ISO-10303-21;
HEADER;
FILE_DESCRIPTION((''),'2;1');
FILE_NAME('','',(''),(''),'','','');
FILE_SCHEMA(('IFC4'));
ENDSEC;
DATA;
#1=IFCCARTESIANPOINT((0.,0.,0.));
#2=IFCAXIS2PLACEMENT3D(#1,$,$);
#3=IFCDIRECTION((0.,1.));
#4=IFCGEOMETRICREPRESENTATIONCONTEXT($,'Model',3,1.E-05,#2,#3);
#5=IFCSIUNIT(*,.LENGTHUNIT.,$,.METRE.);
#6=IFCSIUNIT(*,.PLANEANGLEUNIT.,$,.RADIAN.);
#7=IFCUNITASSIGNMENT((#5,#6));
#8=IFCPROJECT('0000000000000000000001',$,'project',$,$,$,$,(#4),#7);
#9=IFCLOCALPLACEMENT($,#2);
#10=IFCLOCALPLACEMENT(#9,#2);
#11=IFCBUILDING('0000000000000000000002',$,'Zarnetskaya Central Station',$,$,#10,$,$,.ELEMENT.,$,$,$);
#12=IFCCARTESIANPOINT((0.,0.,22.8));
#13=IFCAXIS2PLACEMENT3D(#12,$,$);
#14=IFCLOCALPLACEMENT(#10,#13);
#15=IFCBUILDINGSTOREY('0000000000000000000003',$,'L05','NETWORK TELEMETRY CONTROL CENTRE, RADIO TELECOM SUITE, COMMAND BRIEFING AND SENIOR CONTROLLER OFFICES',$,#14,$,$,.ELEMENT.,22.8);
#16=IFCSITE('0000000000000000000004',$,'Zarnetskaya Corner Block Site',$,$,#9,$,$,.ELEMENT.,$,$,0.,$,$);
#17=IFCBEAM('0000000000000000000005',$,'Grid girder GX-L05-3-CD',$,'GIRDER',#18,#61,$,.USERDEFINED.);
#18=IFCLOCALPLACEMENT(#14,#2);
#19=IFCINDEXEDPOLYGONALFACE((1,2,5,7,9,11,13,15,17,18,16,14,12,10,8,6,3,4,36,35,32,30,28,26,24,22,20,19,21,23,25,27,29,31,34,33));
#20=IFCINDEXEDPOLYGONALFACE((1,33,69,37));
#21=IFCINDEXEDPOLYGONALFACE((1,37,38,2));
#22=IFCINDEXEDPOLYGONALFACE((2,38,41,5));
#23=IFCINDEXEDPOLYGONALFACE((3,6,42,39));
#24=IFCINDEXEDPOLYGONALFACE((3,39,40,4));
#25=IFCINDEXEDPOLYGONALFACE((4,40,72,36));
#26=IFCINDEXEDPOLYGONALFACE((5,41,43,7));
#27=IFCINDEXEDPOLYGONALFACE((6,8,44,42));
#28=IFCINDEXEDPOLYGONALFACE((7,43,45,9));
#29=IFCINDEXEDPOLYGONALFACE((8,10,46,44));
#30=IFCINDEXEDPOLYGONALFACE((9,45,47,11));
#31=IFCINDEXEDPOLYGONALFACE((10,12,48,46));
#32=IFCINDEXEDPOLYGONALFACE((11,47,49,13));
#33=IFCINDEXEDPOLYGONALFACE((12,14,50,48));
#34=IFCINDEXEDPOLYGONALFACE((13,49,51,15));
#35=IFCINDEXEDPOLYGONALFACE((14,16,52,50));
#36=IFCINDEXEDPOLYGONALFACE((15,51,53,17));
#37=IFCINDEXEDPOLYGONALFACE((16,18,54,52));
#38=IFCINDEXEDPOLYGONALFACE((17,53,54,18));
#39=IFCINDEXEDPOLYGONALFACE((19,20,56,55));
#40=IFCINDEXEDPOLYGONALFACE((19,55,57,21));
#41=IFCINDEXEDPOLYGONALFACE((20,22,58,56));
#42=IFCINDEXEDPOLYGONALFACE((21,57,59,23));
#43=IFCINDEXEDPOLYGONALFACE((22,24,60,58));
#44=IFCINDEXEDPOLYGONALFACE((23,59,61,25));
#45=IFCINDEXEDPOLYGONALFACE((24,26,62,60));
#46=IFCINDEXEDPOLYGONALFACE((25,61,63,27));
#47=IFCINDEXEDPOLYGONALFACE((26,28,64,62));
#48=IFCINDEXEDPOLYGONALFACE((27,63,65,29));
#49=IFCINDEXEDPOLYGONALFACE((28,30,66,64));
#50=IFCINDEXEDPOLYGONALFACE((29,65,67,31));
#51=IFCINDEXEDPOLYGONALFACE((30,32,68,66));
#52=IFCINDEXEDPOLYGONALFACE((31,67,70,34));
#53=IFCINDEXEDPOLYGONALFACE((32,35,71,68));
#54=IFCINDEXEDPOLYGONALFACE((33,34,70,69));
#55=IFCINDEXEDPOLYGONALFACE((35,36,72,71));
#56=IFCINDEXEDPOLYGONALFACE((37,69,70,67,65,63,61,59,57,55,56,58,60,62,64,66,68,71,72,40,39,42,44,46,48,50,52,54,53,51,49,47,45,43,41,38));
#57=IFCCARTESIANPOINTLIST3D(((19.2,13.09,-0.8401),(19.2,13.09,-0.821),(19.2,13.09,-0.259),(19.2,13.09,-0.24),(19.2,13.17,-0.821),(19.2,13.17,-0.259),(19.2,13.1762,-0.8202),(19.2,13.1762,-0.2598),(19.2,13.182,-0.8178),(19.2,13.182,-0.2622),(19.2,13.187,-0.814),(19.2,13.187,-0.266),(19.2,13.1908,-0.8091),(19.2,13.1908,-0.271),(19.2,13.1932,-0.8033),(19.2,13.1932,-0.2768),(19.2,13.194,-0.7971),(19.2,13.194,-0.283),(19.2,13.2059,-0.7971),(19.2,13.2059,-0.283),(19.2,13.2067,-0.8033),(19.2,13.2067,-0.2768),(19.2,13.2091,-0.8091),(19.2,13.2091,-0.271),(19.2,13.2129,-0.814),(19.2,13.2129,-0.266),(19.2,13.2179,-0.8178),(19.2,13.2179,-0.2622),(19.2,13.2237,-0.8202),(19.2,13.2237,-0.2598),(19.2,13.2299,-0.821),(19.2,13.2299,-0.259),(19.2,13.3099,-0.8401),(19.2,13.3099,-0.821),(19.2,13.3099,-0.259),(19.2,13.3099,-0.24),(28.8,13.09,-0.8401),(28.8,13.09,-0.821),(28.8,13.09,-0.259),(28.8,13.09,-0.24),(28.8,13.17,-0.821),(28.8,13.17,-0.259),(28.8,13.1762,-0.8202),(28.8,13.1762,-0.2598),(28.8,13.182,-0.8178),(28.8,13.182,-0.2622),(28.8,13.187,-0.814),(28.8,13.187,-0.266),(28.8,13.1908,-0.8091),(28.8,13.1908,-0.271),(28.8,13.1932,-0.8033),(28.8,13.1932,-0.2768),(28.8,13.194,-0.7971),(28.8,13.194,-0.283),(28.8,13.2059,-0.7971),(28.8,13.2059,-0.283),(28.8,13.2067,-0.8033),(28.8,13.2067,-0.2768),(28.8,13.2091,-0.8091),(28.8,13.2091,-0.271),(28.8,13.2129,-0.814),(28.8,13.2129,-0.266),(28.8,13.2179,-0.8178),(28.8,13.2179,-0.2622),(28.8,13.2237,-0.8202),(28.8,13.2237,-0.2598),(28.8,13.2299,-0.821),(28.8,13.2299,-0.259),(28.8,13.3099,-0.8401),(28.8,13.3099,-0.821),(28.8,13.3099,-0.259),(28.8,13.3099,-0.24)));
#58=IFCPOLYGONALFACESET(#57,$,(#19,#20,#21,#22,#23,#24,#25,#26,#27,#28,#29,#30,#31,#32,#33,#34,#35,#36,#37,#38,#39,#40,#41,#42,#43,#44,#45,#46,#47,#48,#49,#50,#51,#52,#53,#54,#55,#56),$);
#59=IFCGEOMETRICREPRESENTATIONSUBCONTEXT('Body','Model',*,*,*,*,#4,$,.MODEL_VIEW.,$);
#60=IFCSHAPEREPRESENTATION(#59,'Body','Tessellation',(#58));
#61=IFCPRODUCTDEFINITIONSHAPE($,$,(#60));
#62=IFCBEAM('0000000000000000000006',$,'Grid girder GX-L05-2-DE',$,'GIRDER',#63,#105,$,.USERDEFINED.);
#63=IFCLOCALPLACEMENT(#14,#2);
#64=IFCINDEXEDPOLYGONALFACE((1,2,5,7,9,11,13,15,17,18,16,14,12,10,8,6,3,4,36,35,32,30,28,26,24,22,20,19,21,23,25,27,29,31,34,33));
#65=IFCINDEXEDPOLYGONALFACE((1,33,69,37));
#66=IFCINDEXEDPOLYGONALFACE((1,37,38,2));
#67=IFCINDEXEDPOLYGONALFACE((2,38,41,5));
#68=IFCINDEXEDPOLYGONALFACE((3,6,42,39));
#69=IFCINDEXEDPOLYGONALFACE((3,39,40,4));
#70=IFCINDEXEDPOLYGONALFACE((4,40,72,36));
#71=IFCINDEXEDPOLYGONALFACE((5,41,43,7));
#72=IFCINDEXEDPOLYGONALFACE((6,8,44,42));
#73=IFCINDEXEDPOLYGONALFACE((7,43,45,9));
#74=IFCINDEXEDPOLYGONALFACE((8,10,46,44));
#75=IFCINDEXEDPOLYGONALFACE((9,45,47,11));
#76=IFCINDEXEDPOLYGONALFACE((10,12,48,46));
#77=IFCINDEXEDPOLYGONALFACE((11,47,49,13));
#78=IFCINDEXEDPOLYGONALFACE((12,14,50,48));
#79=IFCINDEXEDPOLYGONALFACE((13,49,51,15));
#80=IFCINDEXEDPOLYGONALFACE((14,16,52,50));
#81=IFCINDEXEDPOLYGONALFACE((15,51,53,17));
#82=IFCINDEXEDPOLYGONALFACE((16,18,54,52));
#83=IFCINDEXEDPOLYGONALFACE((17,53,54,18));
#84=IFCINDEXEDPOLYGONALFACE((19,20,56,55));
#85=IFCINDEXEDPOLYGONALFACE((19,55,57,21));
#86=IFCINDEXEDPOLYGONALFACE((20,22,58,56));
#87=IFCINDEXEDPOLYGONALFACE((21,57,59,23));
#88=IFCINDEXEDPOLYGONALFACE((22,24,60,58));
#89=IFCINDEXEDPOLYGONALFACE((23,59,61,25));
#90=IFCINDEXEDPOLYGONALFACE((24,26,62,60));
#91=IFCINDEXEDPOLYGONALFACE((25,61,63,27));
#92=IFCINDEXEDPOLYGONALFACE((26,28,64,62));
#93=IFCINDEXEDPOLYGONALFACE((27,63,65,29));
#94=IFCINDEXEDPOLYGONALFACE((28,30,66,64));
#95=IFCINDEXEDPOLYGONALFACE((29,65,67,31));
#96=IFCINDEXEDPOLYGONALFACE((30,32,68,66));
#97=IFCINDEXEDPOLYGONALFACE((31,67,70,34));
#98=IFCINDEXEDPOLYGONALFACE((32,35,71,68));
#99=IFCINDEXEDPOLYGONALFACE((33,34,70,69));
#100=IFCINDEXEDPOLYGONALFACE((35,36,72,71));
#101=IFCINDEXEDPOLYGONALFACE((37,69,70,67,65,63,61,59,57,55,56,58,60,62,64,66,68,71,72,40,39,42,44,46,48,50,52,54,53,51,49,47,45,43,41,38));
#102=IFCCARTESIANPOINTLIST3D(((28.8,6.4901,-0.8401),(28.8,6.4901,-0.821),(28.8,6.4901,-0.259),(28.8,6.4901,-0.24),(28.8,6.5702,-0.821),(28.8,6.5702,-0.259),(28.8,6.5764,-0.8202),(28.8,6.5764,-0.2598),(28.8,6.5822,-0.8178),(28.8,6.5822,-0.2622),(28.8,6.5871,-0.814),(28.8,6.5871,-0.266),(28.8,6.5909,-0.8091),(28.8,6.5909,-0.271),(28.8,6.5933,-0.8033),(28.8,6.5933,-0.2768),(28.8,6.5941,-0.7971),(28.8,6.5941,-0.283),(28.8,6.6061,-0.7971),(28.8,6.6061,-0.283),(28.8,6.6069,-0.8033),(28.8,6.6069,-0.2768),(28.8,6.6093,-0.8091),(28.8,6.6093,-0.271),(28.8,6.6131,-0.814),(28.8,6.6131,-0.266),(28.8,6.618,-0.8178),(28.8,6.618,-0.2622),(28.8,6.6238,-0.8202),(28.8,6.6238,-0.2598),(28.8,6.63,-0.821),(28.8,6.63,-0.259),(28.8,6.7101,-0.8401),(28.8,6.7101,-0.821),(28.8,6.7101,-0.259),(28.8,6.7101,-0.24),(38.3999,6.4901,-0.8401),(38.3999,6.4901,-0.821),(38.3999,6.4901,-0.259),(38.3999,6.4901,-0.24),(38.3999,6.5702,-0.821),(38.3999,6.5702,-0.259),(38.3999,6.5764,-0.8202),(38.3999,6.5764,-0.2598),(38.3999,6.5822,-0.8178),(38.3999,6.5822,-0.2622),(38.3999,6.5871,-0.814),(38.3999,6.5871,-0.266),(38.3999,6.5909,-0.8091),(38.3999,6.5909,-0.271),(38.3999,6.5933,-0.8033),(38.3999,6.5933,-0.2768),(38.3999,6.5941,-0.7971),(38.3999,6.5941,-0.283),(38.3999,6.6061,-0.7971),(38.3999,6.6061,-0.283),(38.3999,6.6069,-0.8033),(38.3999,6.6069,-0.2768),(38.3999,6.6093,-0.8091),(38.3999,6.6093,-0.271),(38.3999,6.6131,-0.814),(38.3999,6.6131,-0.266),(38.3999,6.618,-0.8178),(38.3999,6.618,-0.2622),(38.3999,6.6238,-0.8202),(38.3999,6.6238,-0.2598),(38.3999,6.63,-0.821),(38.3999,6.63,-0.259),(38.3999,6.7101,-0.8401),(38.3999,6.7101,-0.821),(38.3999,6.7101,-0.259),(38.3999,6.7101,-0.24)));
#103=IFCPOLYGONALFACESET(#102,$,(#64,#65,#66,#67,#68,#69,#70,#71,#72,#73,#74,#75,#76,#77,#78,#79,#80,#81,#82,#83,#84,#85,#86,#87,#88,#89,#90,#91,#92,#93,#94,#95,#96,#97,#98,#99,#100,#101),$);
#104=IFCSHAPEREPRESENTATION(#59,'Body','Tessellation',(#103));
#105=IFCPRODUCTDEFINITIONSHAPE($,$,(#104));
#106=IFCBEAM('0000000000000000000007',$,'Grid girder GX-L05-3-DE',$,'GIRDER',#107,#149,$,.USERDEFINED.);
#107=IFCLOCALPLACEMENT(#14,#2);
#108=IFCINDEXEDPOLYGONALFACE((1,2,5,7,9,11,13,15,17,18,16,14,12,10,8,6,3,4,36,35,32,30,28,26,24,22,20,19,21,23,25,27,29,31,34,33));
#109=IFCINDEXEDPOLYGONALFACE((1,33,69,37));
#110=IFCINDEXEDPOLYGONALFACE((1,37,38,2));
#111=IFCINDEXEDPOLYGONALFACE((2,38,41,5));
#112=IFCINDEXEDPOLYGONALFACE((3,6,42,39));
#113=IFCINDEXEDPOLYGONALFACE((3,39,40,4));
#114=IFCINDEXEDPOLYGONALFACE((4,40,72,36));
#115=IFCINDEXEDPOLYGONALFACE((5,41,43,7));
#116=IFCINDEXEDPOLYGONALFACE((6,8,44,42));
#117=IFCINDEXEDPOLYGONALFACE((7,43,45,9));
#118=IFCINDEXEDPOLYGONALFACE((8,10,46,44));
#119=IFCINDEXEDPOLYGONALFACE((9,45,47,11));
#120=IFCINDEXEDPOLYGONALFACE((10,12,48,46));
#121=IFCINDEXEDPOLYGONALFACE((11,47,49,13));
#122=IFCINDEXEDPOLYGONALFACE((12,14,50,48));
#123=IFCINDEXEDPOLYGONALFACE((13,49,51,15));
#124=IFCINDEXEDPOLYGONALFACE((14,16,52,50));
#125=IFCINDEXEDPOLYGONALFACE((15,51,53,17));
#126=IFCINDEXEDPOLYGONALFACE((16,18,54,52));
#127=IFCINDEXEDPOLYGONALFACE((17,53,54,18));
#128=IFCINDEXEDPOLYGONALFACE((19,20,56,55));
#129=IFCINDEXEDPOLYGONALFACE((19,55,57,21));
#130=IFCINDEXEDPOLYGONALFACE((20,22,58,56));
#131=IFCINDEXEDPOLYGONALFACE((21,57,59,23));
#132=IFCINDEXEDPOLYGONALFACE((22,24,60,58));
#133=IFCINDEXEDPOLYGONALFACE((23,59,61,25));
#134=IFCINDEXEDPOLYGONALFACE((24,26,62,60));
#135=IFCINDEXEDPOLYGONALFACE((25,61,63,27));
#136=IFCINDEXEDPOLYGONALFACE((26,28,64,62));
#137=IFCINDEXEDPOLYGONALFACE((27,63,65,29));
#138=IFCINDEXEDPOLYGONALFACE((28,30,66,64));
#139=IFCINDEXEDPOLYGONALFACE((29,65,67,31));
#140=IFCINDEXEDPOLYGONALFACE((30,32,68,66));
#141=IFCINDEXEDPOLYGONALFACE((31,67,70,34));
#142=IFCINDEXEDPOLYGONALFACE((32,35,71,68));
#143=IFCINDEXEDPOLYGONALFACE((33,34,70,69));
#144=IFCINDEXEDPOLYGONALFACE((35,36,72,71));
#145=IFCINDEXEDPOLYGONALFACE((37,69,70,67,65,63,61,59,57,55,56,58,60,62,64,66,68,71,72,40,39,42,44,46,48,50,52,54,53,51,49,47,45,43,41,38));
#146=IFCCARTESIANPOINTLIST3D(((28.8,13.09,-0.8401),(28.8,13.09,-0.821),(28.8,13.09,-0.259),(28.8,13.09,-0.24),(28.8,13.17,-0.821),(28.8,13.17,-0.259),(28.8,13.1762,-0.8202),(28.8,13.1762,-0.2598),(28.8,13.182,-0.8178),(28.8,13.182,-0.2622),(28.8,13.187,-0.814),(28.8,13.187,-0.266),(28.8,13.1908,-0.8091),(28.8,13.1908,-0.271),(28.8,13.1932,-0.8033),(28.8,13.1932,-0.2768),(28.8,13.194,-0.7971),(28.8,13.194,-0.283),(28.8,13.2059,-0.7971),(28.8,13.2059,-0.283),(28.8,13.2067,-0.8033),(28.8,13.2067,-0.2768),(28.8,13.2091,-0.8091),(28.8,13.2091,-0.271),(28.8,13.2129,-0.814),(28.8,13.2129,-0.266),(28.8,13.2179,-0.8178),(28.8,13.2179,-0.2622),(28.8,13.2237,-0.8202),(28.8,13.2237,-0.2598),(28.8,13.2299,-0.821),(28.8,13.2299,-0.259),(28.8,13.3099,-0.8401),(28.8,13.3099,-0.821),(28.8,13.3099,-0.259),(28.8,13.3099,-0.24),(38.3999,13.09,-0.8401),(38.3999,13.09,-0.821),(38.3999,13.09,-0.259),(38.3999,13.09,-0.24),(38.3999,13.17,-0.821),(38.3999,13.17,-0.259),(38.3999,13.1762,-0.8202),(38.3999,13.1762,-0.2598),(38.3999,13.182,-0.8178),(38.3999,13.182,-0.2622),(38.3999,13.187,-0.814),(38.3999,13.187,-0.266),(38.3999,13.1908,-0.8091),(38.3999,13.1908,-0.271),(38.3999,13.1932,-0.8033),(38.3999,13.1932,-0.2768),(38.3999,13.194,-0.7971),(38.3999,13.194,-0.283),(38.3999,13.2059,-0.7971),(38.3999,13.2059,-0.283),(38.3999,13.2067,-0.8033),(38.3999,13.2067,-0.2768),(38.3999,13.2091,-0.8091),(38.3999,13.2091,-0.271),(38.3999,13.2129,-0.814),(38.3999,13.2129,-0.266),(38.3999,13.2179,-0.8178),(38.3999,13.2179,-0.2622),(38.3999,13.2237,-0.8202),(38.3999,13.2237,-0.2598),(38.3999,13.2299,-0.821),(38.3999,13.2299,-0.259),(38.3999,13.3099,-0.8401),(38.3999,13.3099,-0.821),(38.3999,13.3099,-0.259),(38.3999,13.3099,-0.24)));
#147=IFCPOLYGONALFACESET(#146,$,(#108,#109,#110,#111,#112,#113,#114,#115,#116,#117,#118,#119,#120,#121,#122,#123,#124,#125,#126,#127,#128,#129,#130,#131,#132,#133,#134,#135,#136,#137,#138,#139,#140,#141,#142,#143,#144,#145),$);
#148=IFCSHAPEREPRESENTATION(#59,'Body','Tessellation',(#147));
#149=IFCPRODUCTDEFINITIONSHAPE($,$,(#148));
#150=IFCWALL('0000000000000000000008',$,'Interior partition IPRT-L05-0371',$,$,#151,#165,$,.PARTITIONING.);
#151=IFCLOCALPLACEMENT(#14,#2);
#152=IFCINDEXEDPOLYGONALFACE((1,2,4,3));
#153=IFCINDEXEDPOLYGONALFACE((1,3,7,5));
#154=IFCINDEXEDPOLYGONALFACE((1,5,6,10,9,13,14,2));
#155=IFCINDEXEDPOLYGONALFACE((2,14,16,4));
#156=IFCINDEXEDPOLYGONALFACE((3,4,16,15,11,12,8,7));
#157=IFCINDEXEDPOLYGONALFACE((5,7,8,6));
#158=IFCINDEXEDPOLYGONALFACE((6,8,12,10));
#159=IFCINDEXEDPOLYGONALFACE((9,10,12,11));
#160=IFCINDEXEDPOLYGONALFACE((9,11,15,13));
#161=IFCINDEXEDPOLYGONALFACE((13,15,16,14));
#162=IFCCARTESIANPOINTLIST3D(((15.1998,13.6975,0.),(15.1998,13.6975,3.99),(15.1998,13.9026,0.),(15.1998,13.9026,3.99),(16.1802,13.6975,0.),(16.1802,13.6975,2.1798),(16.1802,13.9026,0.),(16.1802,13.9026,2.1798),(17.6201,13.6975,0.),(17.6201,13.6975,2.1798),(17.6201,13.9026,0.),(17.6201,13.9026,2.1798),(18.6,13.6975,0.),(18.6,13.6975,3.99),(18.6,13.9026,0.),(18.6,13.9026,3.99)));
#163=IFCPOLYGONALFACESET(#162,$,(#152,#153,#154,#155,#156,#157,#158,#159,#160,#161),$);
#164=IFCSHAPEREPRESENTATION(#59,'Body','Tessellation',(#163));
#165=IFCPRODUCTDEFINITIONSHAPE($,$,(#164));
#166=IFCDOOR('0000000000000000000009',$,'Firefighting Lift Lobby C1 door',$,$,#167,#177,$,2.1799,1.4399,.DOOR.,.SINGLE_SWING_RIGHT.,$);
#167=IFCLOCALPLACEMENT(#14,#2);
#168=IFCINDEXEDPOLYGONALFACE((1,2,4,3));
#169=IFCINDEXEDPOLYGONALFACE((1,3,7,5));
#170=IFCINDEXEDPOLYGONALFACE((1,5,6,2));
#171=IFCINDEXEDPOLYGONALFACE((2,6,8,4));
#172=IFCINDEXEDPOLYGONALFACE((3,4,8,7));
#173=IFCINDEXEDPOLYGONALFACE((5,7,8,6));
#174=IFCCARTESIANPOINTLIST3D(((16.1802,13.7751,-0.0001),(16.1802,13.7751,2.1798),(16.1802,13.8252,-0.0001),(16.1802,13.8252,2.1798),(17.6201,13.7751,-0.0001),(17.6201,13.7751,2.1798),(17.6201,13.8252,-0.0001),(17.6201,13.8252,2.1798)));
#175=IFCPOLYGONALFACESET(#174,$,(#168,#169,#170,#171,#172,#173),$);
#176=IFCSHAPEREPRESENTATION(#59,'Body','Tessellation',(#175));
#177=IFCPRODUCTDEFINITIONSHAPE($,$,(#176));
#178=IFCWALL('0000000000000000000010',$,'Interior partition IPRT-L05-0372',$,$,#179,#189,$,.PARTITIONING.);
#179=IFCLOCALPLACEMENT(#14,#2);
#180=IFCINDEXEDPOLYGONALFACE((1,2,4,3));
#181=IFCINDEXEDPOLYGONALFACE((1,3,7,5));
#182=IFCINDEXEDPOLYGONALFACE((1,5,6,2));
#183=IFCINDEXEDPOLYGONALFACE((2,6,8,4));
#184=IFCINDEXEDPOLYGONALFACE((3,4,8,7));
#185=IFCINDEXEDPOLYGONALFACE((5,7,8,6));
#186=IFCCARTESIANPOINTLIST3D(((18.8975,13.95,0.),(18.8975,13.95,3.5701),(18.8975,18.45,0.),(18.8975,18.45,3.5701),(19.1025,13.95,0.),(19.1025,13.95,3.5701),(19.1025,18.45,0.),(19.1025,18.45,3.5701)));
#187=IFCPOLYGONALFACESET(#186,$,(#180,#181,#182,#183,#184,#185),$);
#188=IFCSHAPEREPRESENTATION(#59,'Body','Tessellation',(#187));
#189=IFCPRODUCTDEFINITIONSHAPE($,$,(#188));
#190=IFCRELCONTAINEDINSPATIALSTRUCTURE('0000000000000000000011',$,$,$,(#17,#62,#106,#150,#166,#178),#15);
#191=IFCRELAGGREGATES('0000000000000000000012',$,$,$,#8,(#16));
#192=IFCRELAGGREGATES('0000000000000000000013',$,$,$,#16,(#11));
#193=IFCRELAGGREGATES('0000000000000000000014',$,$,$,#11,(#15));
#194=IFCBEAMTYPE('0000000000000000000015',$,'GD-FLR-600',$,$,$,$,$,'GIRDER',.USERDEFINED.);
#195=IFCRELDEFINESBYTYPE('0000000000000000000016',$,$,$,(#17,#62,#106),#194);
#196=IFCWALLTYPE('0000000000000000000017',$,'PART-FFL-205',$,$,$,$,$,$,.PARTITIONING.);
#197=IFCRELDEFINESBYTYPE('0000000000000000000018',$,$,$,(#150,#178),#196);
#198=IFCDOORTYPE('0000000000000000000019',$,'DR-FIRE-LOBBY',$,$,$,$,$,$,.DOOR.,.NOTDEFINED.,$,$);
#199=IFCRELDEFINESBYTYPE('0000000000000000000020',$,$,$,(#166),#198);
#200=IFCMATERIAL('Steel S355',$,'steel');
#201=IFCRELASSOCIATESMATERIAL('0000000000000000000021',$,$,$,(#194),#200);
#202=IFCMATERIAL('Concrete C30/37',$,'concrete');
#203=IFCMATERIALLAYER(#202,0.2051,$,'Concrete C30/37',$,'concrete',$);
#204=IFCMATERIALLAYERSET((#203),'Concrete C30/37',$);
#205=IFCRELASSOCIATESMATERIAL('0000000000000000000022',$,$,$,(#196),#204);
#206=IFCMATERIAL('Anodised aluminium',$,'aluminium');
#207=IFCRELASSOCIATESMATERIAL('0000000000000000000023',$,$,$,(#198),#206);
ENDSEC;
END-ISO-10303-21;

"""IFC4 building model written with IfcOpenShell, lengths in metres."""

from ifc_helpers import new_model, si_unit, direction, frame, frame_2d, origin, origin_2d, place, context, subcontext, project, spatial, rectangle, i_section, extrude, material, layer, layer_set, material_profile, profile_set, type_object, element, fill, save


model = new_model("IFC4")

# Units and contexts
model_context = context("Model", 3, precision=1e-05, world=origin(), true_north=direction((0.0, 1.0)))
body_context = subcontext(model_context, "Body", "Model", "MODEL_VIEW")
ifc_project = project(units=[si_unit("LENGTHUNIT", "METRE"), si_unit("PLANEANGLEUNIT", "RADIAN")], contexts=[model_context])

# Site, building, storey
site_placement = place(None, origin())
site = spatial("IfcSite", under=ifc_project, at=site_placement, Name="Zarnetskaya Corner Block Site", CompositionType="ELEMENT", RefElevation=0.0)
building_placement = place(site_placement, origin())
building = spatial("IfcBuilding", under=site, at=building_placement, Name="Zarnetskaya Central Station", CompositionType="ELEMENT")
storey_placement = place(building_placement, frame((0.0, 0.0, 22.8)))
storey = spatial("IfcBuildingStorey", under=building, at=storey_placement, Name="L05", Description="NETWORK TELEMETRY CONTROL CENTRE, RADIO TELECOM SUITE, COMMAND BRIEFING AND SENIOR CONTROLLER OFFICES", CompositionType="ELEMENT", Elevation=22.8)

# Shared definitions
ifc_material_1 = material(Name="Steel S355", Category="steel")

# Beams
ifc_material_profile_1 = material_profile(ifc_material_1, i_section(OverallWidth=0.22, OverallDepth=0.6001, WebThickness=0.012, FlangeThickness=0.019, FilletRadius=0.0239, at=origin_2d()), Name="IPE 600")
ifc_profile_set_1 = profile_set([ifc_material_profile_1], Name="Steel S355")
beam_type_1 = type_object("IfcBeamType", Name="GD-FLR-600", ElementType="GIRDER", PredefinedType="USERDEFINED", material=ifc_profile_set_1)
beam_1_placement = place(storey_placement, frame((19.2, 13.2, -0.54), z_axis=(1.0, 0.0, 0.0), x_axis=(0.0, 1.0, 0.0)))
element("IfcBeam", 1, at=beam_1_placement, inside=storey, type_object=beam_type_1, Name="Grid girder GX-L05-3-CD", ObjectType="GIRDER", PredefinedType="USERDEFINED", context=body_context, shape_type="SweptSolid", body=[
    extrude(i_section(OverallWidth=0.22, OverallDepth=0.6001, WebThickness=0.012, FlangeThickness=0.019, FilletRadius=0.0239, at=origin_2d()), origin(), (0.0, 0.0, 1.0), 9.6001),
])
for number, where, z_axis, x_axis, name in (
    (2, (28.8, 6.6001, -0.54), (1.0, 0.0, 0.0), (0.0, 1.0, 0.0), "Grid girder GX-L05-2-DE"),
    (3, (28.8, 13.2, -0.54), (1.0, 0.0, 0.0), (0.0, 1.0, 0.0), "Grid girder GX-L05-3-DE"),
):
    element("IfcBeam", number, at=place(storey_placement, frame(where, z_axis=z_axis, x_axis=x_axis)), inside=storey, type_object=beam_type_1, Name=name, ObjectType="GIRDER", PredefinedType="USERDEFINED", context=body_context, shape_type="SweptSolid", body=[
        extrude(i_section(OverallWidth=0.22, OverallDepth=0.6001, WebThickness=0.012, FlangeThickness=0.019, FilletRadius=0.0239, at=origin_2d()), origin(), (0.0, 0.0, 1.0), 9.5999),
    ])

# Wall, opening, door
ifc_material_2 = material(Name="Concrete C30/37", Category="concrete")
ifc_layer_1 = layer(ifc_material_2, 0.2051, Name="Concrete C30/37", Category="concrete")
ifc_layer_set_1 = layer_set([ifc_layer_1], Name="Concrete C30/37")
wall_type_1 = type_object("IfcWallType", Name="PART-FFL-205", PredefinedType="PARTITIONING", material=ifc_layer_set_1)
wall_1_placement = place(storey_placement, frame((18.6001, 13.8, 0.0), z_axis=(0.0, 0.0, 1.0), x_axis=(-1.0, 0.0, 0.0)))
wall_1 = element("IfcWall", 4, at=wall_1_placement, inside=storey, type_object=wall_type_1, Name="Interior partition IPRT-L05-0371", PredefinedType="PARTITIONING", context=body_context, shape_type="SweptSolid", body=[
    extrude(rectangle(XDim=3.4001, YDim=0.2051, at=frame_2d((1.7002, 0.0))), origin(), (0.0, 0.0, 1.0), 3.99),
])
opening_1_placement = place(wall_1_placement, frame((0.98, 0.0, 0.0)))
opening_1 = element("IfcOpeningElement", 5, at=opening_1_placement, cuts=wall_1, PredefinedType="OPENING", context=body_context, shape_type="SweptSolid", body=[
    extrude(rectangle(XDim=1.4399, YDim=2.1799, at=frame_2d((0.72, 1.0898))), frame((0.0, 0.1125, 0.0), z_axis=(0.0, -1.0, 0.0), x_axis=(1.0, 0.0, 0.0)), (0.0, 0.0, 1.0), 0.2251),
])
ifc_material_3 = material(Name="Anodised aluminium", Category="aluminium")
door_type_1 = type_object("IfcDoorType", Name="DR-FIRE-LOBBY", OperationType="NOTDEFINED", PredefinedType="DOOR", material=ifc_material_3)
door_1_placement = place(opening_1_placement, origin())
door_1 = element("IfcDoor", 6, at=door_1_placement, inside=storey, type_object=door_type_1, Name="Firefighting Lift Lobby C1 door", OperationType="SINGLE_SWING_RIGHT", OverallHeight=2.1799, OverallWidth=1.4399, PredefinedType="DOOR", context=body_context, shape_type="SweptSolid", body=[
    extrude(rectangle(XDim=1.4399, YDim=2.1799, at=frame_2d((0.72, 1.0898))), frame((0.0, 0.0249, 0.0), z_axis=(0.0, -1.0, 0.0), x_axis=(1.0, 0.0, 0.0)), (0.0, 0.0, 1.0), 0.05),
])
fill(opening_1, door_1)

# Wall
wall_2_placement = place(storey_placement, frame((19.0, 18.45, 0.0), z_axis=(0.0, 0.0, 1.0), x_axis=(0.0, -1.0, 0.0)))
element("IfcWall", 7, at=wall_2_placement, inside=storey, type_object=wall_type_1, Name="Interior partition IPRT-L05-0372", PredefinedType="PARTITIONING", context=body_context, shape_type="SweptSolid", body=[
    extrude(rectangle(XDim=4.5, YDim=0.2051, at=frame_2d((2.25, 0.0))), origin(), (0.0, 0.0, 1.0), 3.5701),
])

save(model, "model.ifc")
